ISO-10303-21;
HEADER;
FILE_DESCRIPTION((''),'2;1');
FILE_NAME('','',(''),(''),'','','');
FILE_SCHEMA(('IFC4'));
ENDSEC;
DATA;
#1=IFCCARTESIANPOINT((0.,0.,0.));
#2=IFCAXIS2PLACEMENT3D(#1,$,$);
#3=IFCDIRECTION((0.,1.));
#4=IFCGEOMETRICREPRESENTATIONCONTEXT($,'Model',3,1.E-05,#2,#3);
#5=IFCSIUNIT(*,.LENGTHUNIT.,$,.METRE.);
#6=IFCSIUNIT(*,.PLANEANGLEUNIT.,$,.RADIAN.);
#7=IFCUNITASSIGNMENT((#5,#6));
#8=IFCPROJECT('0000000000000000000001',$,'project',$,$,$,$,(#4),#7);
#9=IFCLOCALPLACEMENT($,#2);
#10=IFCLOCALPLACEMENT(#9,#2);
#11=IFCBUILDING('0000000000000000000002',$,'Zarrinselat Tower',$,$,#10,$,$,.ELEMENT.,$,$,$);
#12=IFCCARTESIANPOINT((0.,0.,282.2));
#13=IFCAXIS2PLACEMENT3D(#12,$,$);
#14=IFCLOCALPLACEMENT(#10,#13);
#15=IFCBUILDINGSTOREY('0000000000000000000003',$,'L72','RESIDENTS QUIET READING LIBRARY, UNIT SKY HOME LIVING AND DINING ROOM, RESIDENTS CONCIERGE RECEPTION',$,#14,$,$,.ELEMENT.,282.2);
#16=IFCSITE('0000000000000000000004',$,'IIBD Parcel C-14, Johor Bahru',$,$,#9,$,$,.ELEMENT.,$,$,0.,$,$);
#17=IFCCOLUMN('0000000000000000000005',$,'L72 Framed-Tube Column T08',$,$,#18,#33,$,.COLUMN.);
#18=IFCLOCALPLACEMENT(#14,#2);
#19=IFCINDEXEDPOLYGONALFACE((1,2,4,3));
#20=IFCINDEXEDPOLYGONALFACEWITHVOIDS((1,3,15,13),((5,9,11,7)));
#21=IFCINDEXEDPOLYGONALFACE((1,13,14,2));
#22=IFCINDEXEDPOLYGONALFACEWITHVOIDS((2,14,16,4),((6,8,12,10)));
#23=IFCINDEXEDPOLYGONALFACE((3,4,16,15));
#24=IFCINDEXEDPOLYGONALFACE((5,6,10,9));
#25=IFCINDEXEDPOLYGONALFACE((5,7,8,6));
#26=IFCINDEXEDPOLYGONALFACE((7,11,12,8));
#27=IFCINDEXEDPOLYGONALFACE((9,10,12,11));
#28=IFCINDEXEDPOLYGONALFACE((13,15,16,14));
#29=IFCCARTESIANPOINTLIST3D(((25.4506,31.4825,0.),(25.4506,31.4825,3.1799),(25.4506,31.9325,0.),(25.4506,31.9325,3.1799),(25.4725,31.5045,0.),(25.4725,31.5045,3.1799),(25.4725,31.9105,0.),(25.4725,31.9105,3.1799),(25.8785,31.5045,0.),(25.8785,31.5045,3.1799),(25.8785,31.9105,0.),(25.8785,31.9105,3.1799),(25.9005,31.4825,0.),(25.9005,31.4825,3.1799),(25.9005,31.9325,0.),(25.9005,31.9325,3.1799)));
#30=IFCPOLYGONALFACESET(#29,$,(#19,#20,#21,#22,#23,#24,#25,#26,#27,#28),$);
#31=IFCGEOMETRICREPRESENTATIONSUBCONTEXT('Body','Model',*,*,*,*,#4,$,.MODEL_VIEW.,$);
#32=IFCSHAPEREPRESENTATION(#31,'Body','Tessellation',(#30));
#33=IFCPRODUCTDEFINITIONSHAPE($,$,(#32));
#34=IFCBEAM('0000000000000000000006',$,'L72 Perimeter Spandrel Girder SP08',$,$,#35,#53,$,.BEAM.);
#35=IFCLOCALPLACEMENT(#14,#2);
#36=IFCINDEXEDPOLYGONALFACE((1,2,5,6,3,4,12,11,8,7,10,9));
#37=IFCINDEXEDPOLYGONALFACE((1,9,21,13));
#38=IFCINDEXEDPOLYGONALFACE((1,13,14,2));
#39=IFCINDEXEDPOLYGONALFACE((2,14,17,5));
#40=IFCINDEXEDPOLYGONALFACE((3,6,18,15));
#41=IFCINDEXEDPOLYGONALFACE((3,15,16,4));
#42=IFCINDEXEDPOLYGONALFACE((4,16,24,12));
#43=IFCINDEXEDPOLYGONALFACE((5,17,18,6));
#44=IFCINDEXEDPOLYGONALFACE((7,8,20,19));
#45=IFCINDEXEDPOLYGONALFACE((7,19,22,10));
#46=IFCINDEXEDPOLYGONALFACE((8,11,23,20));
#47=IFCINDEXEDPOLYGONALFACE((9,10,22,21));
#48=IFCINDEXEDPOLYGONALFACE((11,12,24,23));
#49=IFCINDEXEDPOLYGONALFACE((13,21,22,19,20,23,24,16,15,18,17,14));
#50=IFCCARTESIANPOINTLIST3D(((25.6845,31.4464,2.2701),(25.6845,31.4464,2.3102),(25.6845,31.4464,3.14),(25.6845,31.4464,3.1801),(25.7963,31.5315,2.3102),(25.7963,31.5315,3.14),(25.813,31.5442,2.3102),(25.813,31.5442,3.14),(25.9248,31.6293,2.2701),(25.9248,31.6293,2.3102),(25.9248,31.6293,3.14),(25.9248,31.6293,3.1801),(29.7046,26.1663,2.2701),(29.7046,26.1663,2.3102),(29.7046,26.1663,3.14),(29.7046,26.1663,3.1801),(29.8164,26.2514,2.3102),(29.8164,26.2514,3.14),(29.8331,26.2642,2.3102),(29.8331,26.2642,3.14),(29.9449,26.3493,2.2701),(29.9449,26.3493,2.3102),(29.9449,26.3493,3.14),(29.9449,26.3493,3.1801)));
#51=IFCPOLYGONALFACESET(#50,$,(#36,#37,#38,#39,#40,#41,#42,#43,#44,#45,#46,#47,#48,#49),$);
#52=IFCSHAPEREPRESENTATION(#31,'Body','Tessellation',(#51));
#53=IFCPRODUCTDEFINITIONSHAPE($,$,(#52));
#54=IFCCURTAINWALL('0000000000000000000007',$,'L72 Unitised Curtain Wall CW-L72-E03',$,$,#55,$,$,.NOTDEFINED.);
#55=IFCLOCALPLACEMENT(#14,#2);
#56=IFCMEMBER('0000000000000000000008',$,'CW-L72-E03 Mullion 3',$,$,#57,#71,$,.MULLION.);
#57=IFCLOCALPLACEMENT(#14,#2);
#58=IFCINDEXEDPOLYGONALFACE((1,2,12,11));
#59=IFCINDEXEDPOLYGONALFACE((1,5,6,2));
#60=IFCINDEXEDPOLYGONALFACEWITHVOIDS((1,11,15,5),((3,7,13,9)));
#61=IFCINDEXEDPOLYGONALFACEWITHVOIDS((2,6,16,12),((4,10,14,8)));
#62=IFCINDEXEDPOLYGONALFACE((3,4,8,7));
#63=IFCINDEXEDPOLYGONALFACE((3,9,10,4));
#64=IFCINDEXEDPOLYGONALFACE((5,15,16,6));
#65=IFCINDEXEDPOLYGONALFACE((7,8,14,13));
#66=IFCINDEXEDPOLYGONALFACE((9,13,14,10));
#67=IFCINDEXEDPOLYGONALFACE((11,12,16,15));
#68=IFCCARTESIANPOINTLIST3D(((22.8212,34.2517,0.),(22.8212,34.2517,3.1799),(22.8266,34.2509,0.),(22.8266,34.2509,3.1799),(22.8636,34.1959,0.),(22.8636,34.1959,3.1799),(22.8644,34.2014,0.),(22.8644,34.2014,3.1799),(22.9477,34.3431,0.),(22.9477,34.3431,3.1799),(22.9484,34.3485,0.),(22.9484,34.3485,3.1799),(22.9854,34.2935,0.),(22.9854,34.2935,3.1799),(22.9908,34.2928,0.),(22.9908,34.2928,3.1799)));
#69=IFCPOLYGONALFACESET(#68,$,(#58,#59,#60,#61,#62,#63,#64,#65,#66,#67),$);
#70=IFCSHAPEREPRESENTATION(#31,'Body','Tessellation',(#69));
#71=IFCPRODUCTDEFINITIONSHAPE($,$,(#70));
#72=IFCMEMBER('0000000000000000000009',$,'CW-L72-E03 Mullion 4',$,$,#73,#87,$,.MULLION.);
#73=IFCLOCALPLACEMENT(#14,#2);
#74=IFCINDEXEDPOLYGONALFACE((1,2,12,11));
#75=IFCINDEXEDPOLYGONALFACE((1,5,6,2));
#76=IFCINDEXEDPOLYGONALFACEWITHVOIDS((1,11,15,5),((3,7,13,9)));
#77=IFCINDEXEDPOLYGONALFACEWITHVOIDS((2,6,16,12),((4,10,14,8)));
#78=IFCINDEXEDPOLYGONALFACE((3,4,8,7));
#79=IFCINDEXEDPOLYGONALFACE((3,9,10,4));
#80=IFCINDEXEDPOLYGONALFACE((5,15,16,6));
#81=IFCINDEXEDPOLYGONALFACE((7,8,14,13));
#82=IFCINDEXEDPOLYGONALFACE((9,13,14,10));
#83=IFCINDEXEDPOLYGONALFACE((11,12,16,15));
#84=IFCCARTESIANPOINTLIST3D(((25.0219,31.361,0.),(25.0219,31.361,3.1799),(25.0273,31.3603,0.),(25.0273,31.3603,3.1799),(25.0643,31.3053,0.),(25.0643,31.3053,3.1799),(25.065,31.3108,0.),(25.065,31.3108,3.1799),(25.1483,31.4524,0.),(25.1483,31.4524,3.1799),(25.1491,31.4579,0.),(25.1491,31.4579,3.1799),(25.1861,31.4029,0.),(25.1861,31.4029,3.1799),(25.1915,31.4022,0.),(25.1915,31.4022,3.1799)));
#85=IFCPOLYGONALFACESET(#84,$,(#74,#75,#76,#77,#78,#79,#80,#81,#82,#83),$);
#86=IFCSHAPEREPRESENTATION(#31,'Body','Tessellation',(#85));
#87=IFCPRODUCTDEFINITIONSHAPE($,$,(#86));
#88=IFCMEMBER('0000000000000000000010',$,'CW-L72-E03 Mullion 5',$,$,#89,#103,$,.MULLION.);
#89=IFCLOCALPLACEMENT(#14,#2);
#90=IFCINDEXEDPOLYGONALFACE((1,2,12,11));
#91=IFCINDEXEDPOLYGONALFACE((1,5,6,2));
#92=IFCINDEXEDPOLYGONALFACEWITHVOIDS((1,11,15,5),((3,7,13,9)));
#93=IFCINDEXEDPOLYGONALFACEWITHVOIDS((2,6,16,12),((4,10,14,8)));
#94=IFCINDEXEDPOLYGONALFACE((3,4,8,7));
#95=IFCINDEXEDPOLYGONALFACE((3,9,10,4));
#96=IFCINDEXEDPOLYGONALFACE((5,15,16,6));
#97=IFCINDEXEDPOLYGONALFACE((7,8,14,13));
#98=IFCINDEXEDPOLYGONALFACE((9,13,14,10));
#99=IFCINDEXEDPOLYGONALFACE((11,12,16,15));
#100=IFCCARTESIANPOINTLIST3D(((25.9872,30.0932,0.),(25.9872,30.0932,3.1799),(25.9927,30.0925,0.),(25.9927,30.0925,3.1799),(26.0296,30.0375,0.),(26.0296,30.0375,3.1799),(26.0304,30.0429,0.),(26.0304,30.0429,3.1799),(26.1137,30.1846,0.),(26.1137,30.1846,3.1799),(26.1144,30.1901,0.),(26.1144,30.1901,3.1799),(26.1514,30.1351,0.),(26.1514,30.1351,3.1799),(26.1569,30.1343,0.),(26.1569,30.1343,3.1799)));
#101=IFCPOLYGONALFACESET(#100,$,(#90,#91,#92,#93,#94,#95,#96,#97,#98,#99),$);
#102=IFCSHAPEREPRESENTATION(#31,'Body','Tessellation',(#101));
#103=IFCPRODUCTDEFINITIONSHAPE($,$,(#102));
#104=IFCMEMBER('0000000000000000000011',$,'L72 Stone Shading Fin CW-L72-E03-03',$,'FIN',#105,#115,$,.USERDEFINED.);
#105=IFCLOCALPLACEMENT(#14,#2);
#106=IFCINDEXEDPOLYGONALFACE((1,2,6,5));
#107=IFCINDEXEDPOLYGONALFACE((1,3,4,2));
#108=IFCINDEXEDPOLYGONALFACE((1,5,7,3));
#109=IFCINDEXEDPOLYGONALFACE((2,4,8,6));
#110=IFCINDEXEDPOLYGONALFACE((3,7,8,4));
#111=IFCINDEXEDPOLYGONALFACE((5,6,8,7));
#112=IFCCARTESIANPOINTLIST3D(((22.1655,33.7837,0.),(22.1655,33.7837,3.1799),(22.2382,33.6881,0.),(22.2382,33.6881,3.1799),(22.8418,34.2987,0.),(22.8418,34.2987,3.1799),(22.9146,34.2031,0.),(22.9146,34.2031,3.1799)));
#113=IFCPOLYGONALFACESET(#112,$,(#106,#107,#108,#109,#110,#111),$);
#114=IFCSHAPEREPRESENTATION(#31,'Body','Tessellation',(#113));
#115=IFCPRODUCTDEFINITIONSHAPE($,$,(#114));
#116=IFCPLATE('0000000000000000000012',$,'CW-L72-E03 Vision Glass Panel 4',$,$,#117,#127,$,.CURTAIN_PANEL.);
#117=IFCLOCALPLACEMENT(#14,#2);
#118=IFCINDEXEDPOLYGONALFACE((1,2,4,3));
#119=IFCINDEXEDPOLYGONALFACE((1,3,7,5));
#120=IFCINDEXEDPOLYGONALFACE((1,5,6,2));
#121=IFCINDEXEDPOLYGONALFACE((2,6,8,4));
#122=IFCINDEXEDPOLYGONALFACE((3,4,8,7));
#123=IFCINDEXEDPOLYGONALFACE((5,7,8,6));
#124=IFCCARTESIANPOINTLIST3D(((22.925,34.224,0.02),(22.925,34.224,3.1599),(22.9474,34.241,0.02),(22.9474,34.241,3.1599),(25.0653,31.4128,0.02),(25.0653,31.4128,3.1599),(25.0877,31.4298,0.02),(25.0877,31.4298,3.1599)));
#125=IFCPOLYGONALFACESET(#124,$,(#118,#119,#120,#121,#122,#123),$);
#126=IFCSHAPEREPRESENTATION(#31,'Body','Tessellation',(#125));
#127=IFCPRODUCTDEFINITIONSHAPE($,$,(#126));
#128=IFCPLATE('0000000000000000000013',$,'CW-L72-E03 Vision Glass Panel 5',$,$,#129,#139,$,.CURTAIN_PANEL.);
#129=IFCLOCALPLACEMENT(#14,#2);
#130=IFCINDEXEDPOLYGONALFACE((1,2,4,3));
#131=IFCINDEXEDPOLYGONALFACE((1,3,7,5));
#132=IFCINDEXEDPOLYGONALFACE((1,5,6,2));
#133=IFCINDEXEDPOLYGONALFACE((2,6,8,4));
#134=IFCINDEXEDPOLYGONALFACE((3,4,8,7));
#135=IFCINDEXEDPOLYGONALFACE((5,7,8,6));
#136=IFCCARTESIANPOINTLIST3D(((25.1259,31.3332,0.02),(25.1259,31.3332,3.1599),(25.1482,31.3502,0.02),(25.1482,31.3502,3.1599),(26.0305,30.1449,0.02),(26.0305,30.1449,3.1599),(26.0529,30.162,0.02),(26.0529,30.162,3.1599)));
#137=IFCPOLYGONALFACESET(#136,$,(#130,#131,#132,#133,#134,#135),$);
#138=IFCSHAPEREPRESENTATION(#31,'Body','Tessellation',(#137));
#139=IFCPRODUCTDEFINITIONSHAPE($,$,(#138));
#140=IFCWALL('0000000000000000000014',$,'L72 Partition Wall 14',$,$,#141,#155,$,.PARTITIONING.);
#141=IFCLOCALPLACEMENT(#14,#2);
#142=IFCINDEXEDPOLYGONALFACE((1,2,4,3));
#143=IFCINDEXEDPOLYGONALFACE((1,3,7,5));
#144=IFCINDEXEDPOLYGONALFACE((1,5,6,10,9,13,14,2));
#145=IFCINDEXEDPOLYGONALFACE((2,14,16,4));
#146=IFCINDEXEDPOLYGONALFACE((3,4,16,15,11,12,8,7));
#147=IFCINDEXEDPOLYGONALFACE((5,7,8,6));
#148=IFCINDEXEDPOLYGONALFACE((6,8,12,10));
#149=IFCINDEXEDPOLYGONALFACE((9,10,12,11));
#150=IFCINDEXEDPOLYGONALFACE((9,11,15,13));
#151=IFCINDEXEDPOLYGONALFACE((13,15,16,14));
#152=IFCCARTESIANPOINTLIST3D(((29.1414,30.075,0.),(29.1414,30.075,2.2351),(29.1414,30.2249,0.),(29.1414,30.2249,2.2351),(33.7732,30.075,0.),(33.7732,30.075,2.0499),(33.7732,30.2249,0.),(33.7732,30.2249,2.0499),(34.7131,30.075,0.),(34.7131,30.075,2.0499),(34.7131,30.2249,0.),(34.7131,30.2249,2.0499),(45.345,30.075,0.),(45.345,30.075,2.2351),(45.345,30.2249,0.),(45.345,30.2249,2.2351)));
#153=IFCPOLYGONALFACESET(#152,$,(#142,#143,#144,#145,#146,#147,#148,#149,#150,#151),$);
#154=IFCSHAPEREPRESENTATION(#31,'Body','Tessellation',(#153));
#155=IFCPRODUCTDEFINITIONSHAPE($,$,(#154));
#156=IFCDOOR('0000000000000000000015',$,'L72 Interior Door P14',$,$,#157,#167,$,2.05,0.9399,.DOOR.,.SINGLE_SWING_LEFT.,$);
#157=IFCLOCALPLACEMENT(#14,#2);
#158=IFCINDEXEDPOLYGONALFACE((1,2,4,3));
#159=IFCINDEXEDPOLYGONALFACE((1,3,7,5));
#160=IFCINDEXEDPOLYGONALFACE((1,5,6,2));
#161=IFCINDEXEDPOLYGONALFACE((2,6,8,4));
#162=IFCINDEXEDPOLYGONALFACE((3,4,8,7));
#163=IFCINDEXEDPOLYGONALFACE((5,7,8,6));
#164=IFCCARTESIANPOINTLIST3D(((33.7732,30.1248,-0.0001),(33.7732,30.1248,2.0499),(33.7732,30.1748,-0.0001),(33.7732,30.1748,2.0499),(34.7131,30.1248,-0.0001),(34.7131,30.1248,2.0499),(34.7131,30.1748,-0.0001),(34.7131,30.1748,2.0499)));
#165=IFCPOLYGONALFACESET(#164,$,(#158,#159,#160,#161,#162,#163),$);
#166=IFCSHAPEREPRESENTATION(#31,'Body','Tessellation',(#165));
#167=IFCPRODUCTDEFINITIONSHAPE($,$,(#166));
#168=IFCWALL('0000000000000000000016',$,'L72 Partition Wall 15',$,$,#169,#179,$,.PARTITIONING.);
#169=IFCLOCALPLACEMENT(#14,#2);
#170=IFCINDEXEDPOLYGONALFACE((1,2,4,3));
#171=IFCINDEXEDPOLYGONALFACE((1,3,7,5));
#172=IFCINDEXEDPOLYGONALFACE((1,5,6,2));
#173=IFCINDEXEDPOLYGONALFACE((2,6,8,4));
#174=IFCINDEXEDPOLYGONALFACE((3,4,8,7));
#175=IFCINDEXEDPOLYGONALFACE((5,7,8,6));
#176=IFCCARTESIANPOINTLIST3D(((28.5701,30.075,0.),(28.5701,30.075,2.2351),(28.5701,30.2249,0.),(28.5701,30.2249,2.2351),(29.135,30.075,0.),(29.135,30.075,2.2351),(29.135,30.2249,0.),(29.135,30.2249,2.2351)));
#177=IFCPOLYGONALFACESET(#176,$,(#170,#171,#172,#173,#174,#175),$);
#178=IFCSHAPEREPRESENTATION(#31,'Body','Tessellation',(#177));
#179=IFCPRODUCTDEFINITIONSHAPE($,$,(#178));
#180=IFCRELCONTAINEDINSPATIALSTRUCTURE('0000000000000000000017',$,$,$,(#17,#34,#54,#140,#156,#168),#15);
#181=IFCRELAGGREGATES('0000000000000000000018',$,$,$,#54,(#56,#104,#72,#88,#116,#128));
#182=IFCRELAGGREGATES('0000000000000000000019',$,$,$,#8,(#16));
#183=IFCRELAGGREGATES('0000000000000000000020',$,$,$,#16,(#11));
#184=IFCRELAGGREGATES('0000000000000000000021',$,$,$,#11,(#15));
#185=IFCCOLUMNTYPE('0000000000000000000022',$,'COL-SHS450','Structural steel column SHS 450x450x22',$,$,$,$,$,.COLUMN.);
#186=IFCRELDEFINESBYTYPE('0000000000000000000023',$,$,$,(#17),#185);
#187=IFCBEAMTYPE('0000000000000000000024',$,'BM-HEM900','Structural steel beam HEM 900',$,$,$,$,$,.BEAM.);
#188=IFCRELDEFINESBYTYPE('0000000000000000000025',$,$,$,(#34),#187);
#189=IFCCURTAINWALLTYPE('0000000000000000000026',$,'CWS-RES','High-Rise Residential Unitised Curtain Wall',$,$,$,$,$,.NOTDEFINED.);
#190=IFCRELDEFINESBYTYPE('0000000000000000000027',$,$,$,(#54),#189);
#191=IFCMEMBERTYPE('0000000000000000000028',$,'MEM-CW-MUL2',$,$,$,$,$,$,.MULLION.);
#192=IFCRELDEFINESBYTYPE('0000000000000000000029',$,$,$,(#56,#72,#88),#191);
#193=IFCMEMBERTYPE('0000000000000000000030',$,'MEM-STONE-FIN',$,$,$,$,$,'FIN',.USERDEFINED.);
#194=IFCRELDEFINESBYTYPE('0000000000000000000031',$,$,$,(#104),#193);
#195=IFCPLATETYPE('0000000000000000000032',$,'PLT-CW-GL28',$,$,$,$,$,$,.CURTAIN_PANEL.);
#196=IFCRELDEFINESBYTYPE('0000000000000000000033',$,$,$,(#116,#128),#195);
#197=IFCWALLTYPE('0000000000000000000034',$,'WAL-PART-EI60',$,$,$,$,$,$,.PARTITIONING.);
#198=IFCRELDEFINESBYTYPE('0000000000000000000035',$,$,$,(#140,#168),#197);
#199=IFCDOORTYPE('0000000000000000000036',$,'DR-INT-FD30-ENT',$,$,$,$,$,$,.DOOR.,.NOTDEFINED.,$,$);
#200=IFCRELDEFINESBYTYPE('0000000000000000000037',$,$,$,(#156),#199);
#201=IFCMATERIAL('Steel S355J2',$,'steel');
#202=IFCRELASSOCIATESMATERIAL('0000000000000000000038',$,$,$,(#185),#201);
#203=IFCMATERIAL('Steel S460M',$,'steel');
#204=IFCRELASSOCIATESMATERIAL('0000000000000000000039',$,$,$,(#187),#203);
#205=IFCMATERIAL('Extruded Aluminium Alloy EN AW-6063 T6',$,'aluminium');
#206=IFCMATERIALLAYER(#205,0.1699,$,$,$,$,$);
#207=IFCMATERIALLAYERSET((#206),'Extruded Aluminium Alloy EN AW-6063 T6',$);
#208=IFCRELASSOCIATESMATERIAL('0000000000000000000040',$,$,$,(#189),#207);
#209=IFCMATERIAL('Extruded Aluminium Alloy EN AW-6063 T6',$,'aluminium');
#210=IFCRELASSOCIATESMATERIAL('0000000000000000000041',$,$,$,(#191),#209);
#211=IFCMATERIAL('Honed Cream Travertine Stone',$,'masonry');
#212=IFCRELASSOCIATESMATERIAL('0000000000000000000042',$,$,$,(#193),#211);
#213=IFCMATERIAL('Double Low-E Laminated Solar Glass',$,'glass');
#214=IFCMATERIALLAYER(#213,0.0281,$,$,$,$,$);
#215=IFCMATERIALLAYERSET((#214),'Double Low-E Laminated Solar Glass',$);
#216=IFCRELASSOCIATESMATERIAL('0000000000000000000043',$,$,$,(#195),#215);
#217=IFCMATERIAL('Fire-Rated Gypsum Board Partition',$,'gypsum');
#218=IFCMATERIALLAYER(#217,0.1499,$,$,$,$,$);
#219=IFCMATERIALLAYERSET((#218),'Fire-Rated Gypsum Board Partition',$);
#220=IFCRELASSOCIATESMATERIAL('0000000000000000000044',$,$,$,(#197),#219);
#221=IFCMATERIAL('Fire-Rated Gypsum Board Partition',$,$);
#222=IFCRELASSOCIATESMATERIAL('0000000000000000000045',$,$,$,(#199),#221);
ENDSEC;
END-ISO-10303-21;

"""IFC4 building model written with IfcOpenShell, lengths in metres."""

from ifc_helpers import new_model, si_unit, direction, frame, frame_2d, origin, origin_2d, place, context, subcontext, project, spatial, rectangle, hollow_rectangle, i_section, extrude, material, layer, layer_set, material_profile, profile_set, type_object, element, fill, aggregate, save


model = new_model("IFC4")

# Units and contexts
model_context = context("Model", 3, precision=1e-05, world=origin(), true_north=direction((0.0, 1.0)))
body_context = subcontext(model_context, "Body", "Model", "MODEL_VIEW")
ifc_project = project(units=[si_unit("LENGTHUNIT", "METRE"), si_unit("PLANEANGLEUNIT", "RADIAN")], contexts=[model_context])

# Site, building, storey
site_placement = place(None, origin())
site = spatial("IfcSite", under=ifc_project, at=site_placement, Name="IIBD Parcel C-14, Johor Bahru", CompositionType="ELEMENT", RefElevation=0.0)
building_placement = place(site_placement, origin())
building = spatial("IfcBuilding", under=site, at=building_placement, Name="Zarrinselat Tower", CompositionType="ELEMENT")
storey_placement = place(building_placement, frame((0.0, 0.0, 282.2)))
storey = spatial("IfcBuildingStorey", under=building, at=storey_placement, Name="L72", Description="RESIDENTS QUIET READING LIBRARY, UNIT SKY HOME LIVING AND DINING ROOM, RESIDENTS CONCIERGE RECEPTION", CompositionType="ELEMENT", Elevation=282.2)

# Column
ifc_material_1 = material(Name="Steel S355J2", Category="steel")
ifc_material_profile_1 = material_profile(ifc_material_1, hollow_rectangle(XDim=0.45, YDim=0.45, WallThickness=0.022, at=origin_2d()), Name="SHS 450x450x22")
ifc_profile_set_1 = profile_set([ifc_material_profile_1], Name="Steel S355J2")
column_type = type_object("IfcColumnType", Name="COL-SHS450", Description="Structural steel column SHS 450x450x22", PredefinedType="COLUMN", material=ifc_profile_set_1)
column_placement = place(storey_placement, frame((25.6755, 31.7075, 0.0), z_axis=(0.0, 0.0, 1.0), x_axis=(1.0, 0.0, 0.0)))
element("IfcColumn", 1, at=column_placement, inside=storey, type_object=column_type, Name="L72 Framed-Tube Column T08", PredefinedType="COLUMN", context=body_context, shape_type="SweptSolid", body=[
    extrude(hollow_rectangle(XDim=0.45, YDim=0.45, WallThickness=0.022, at=origin_2d()), origin(), (0.0, 0.0, 1.0), 3.1799),
])

# Beam
ifc_material_2 = material(Name="Steel S460M", Category="steel")
ifc_material_profile_2 = material_profile(ifc_material_2, i_section(OverallWidth=0.302, OverallDepth=0.9099, WebThickness=0.021, FlangeThickness=0.04, at=origin_2d()), Name="HEM 900")
ifc_profile_set_2 = profile_set([ifc_material_profile_2], Name="Steel S460M")
beam_type = type_object("IfcBeamType", Name="BM-HEM900", Description="Structural steel beam HEM 900", PredefinedType="BEAM", material=ifc_profile_set_2)
beam_placement = place(storey_placement, frame((25.8047, 31.5378, 2.7251), z_axis=(0.605771, -0.795639, 0.0), x_axis=(0.795639, 0.605771, 0.0)))
element("IfcBeam", 2, at=beam_placement, inside=storey, type_object=beam_type, Name="L72 Perimeter Spandrel Girder SP08", PredefinedType="BEAM", context=body_context, shape_type="SweptSolid", body=[
    extrude(i_section(OverallWidth=0.302, OverallDepth=0.9099, WebThickness=0.021, FlangeThickness=0.04, at=origin_2d()), origin(), (0.0, 0.0, 1.0), 6.6362),
])

# Curtain wall, members, plates
ifc_material_3 = material(Name="Extruded Aluminium Alloy EN AW-6063 T6", Category="aluminium")
ifc_layer_1 = layer(ifc_material_3, 0.1699)
ifc_layer_set_1 = layer_set([ifc_layer_1], Name="Extruded Aluminium Alloy EN AW-6063 T6")
curtain_wall_type = type_object("IfcCurtainWallType", Name="CWS-RES", Description="High-Rise Residential Unitised Curtain Wall", PredefinedType="NOTDEFINED", material=ifc_layer_set_1)
curtain_wall_placement = place(storey_placement, origin())
curtain_wall = element("IfcCurtainWall", 3, at=curtain_wall_placement, inside=storey, type_object=curtain_wall_type, Name="L72 Unitised Curtain Wall CW-L72-E03", PredefinedType="NOTDEFINED")
ifc_material_4 = material(Name="Extruded Aluminium Alloy EN AW-6063 T6", Category="aluminium")
ifc_material_profile_3 = material_profile(ifc_material_4, hollow_rectangle(XDim=0.0701, YDim=0.1599, WallThickness=0.0039, at=origin_2d()), Name="RHS 160x70x4")
ifc_profile_set_3 = profile_set([ifc_material_profile_3], Name="Extruded Aluminium Alloy EN AW-6063 T6")
member_type_1 = type_object("IfcMemberType", Name="MEM-CW-MUL2", PredefinedType="MULLION", material=ifc_profile_set_3)
member_1_placement = place(storey_placement, frame((22.906, 34.2722, 0.0), z_axis=(0.0, 0.0, 1.0), x_axis=(0.605767, -0.795642, 0.0)))
member_1 = element("IfcMember", 4, at=member_1_placement, type_object=member_type_1, Name="CW-L72-E03 Mullion 3", PredefinedType="MULLION", context=body_context, shape_type="SweptSolid", body=[
    extrude(hollow_rectangle(XDim=0.0701, YDim=0.1599, WallThickness=0.0039, at=origin_2d()), origin(), (0.0, 0.0, 1.0), 3.1799),
])
member_2_placement = place(storey_placement, frame((25.1067, 31.3816, 0.0), z_axis=(0.0, 0.0, 1.0), x_axis=(0.605767, -0.795642, 0.0)))
member_2 = element("IfcMember", 5, at=member_2_placement, type_object=member_type_1, Name="CW-L72-E03 Mullion 4", PredefinedType="MULLION", context=body_context, shape_type="SweptSolid", body=[
    extrude(hollow_rectangle(XDim=0.0701, YDim=0.1599, WallThickness=0.0039, at=origin_2d()), origin(), (0.0, 0.0, 1.0), 3.1799),
])
member_3_placement = place(storey_placement, frame((26.072, 30.1138, 0.0), z_axis=(0.0, 0.0, 1.0), x_axis=(0.605767, -0.795642, 0.0)))
member_3 = element("IfcMember", 6, at=member_3_placement, type_object=member_type_1, Name="CW-L72-E03 Mullion 5", PredefinedType="MULLION", context=body_context, shape_type="SweptSolid", body=[
    extrude(hollow_rectangle(XDim=0.0701, YDim=0.1599, WallThickness=0.0039, at=origin_2d()), origin(), (0.0, 0.0, 1.0), 3.1799),
])
ifc_material_5 = material(Name="Honed Cream Travertine Stone", Category="masonry")
ifc_material_profile_4 = material_profile(ifc_material_5, rectangle(XDim=0.1201, YDim=0.8501, at=origin_2d()), Name="FIN 850x120")
ifc_profile_set_4 = profile_set([ifc_material_profile_4], Name="Honed Cream Travertine Stone")
member_type_2 = type_object("IfcMemberType", Name="MEM-STONE-FIN", ElementType="FIN", PredefinedType="USERDEFINED", material=ifc_profile_set_4)
member_4_placement = place(storey_placement, frame((22.54, 33.9934, 0.0), z_axis=(0.0, 0.0, 1.0), x_axis=(-0.605767, 0.795642, 0.0)))
member_4 = element("IfcMember", 7, at=member_4_placement, type_object=member_type_2, Name="L72 Stone Shading Fin CW-L72-E03-03", ObjectType="FIN", PredefinedType="USERDEFINED", context=body_context, shape_type="SweptSolid", body=[
    extrude(rectangle(XDim=0.1201, YDim=0.8501, at=origin_2d()), origin(), (0.0, 0.0, 1.0), 3.1799),
])
ifc_material_6 = material(Name="Double Low-E Laminated Solar Glass", Category="glass")
ifc_layer_2 = layer(ifc_material_6, 0.0281)
ifc_layer_set_2 = layer_set([ifc_layer_2], Name="Double Low-E Laminated Solar Glass")
plate_type = type_object("IfcPlateType", Name="PLT-CW-GL28", PredefinedType="CURTAIN_PANEL", material=ifc_layer_set_2)
plate_1_placement = place(storey_placement, frame((24.0063, 32.8269, 0.02), z_axis=(0.0, 0.0, 1.0), x_axis=(0.605767, -0.795642, 0.0)))
plate_1 = element("IfcPlate", 8, at=plate_1_placement, type_object=plate_type, Name="CW-L72-E03 Vision Glass Panel 4", PredefinedType="CURTAIN_PANEL", context=body_context, shape_type="SweptSolid", body=[
    extrude(rectangle(XDim=3.5332, YDim=0.0281, at=origin_2d()), origin(), (0.0, 0.0, 1.0), 3.1399),
])
plate_2_placement = place(storey_placement, frame((25.5894, 30.7476, 0.02), z_axis=(0.0, 0.0, 1.0), x_axis=(0.605767, -0.795642, 0.0)))
plate_2 = element("IfcPlate", 9, at=plate_2_placement, type_object=plate_type, Name="CW-L72-E03 Vision Glass Panel 5", PredefinedType="CURTAIN_PANEL", context=body_context, shape_type="SweptSolid", body=[
    extrude(rectangle(XDim=1.4934, YDim=0.0281, at=origin_2d()), origin(), (0.0, 0.0, 1.0), 3.1399),
])
aggregate(curtain_wall, [member_1, member_4, member_2, member_3, plate_1, plate_2])

# Wall, opening, door
ifc_material_7 = material(Name="Fire-Rated Gypsum Board Partition", Category="gypsum")
ifc_layer_3 = layer(ifc_material_7, 0.1499)
ifc_layer_set_3 = layer_set([ifc_layer_3], Name="Fire-Rated Gypsum Board Partition")
wall_type_1 = type_object("IfcWallType", Name="WAL-PART-EI60", PredefinedType="PARTITIONING", material=ifc_layer_set_3)
wall_1_placement = place(storey_placement, frame((29.1414, 30.1499, 0.0), z_axis=(0.0, 0.0, 1.0), x_axis=(1.0, 0.0, 0.0)))
wall_1 = element("IfcWall", 10, at=wall_1_placement, inside=storey, type_object=wall_type_1, Name="L72 Partition Wall 14", PredefinedType="PARTITIONING", context=body_context, shape_type="SweptSolid", body=[
    extrude(rectangle(XDim=16.2036, YDim=0.1499, at=frame_2d((8.1018, 0.0))), origin(), (0.0, 0.0, 1.0), 2.2351),
])
opening_1_placement = place(wall_1_placement, frame((4.6318, 0.0, 0.0)))
opening_1 = element("IfcOpeningElement", 11, at=opening_1_placement, cuts=wall_1, PredefinedType="OPENING", context=body_context, shape_type="SweptSolid", body=[
    extrude(rectangle(XDim=0.9399, YDim=2.05, at=frame_2d((0.47, 1.0249))), frame((0.0, 0.085, 0.0), z_axis=(0.0, -1.0, 0.0), x_axis=(1.0, 0.0, 0.0)), (0.0, 0.0, 1.0), 0.1699),
])
ifc_material_8 = material(Name="Fire-Rated Gypsum Board Partition")
door_type_1 = type_object("IfcDoorType", Name="DR-INT-FD30-ENT", OperationType="NOTDEFINED", PredefinedType="DOOR", material=ifc_material_8)
door_1_placement = place(opening_1_placement, origin())
door_1 = element("IfcDoor", 12, at=door_1_placement, inside=storey, type_object=door_type_1, Name="L72 Interior Door P14", OperationType="SINGLE_SWING_LEFT", OverallHeight=2.05, OverallWidth=0.9399, PredefinedType="DOOR", context=body_context, shape_type="SweptSolid", body=[
    extrude(rectangle(XDim=0.9399, YDim=2.05, at=frame_2d((0.47, 1.0249))), frame((0.0, 0.0249, 0.0), z_axis=(0.0, -1.0, 0.0), x_axis=(1.0, 0.0, 0.0)), (0.0, 0.0, 1.0), 0.05),
])
fill(opening_1, door_1)

# Wall
wall_2_placement = place(storey_placement, frame((28.5701, 30.1499, 0.0), z_axis=(0.0, 0.0, 1.0), x_axis=(1.0, 0.0, 0.0)))
element("IfcWall", 13, at=wall_2_placement, inside=storey, type_object=wall_type_1, Name="L72 Partition Wall 15", PredefinedType="PARTITIONING", context=body_context, shape_type="SweptSolid", body=[
    extrude(rectangle(XDim=0.5649, YDim=0.1499, at=frame_2d((0.2825, 0.0))), origin(), (0.0, 0.0, 1.0), 2.2351),
])

save(model, "model.ifc")
